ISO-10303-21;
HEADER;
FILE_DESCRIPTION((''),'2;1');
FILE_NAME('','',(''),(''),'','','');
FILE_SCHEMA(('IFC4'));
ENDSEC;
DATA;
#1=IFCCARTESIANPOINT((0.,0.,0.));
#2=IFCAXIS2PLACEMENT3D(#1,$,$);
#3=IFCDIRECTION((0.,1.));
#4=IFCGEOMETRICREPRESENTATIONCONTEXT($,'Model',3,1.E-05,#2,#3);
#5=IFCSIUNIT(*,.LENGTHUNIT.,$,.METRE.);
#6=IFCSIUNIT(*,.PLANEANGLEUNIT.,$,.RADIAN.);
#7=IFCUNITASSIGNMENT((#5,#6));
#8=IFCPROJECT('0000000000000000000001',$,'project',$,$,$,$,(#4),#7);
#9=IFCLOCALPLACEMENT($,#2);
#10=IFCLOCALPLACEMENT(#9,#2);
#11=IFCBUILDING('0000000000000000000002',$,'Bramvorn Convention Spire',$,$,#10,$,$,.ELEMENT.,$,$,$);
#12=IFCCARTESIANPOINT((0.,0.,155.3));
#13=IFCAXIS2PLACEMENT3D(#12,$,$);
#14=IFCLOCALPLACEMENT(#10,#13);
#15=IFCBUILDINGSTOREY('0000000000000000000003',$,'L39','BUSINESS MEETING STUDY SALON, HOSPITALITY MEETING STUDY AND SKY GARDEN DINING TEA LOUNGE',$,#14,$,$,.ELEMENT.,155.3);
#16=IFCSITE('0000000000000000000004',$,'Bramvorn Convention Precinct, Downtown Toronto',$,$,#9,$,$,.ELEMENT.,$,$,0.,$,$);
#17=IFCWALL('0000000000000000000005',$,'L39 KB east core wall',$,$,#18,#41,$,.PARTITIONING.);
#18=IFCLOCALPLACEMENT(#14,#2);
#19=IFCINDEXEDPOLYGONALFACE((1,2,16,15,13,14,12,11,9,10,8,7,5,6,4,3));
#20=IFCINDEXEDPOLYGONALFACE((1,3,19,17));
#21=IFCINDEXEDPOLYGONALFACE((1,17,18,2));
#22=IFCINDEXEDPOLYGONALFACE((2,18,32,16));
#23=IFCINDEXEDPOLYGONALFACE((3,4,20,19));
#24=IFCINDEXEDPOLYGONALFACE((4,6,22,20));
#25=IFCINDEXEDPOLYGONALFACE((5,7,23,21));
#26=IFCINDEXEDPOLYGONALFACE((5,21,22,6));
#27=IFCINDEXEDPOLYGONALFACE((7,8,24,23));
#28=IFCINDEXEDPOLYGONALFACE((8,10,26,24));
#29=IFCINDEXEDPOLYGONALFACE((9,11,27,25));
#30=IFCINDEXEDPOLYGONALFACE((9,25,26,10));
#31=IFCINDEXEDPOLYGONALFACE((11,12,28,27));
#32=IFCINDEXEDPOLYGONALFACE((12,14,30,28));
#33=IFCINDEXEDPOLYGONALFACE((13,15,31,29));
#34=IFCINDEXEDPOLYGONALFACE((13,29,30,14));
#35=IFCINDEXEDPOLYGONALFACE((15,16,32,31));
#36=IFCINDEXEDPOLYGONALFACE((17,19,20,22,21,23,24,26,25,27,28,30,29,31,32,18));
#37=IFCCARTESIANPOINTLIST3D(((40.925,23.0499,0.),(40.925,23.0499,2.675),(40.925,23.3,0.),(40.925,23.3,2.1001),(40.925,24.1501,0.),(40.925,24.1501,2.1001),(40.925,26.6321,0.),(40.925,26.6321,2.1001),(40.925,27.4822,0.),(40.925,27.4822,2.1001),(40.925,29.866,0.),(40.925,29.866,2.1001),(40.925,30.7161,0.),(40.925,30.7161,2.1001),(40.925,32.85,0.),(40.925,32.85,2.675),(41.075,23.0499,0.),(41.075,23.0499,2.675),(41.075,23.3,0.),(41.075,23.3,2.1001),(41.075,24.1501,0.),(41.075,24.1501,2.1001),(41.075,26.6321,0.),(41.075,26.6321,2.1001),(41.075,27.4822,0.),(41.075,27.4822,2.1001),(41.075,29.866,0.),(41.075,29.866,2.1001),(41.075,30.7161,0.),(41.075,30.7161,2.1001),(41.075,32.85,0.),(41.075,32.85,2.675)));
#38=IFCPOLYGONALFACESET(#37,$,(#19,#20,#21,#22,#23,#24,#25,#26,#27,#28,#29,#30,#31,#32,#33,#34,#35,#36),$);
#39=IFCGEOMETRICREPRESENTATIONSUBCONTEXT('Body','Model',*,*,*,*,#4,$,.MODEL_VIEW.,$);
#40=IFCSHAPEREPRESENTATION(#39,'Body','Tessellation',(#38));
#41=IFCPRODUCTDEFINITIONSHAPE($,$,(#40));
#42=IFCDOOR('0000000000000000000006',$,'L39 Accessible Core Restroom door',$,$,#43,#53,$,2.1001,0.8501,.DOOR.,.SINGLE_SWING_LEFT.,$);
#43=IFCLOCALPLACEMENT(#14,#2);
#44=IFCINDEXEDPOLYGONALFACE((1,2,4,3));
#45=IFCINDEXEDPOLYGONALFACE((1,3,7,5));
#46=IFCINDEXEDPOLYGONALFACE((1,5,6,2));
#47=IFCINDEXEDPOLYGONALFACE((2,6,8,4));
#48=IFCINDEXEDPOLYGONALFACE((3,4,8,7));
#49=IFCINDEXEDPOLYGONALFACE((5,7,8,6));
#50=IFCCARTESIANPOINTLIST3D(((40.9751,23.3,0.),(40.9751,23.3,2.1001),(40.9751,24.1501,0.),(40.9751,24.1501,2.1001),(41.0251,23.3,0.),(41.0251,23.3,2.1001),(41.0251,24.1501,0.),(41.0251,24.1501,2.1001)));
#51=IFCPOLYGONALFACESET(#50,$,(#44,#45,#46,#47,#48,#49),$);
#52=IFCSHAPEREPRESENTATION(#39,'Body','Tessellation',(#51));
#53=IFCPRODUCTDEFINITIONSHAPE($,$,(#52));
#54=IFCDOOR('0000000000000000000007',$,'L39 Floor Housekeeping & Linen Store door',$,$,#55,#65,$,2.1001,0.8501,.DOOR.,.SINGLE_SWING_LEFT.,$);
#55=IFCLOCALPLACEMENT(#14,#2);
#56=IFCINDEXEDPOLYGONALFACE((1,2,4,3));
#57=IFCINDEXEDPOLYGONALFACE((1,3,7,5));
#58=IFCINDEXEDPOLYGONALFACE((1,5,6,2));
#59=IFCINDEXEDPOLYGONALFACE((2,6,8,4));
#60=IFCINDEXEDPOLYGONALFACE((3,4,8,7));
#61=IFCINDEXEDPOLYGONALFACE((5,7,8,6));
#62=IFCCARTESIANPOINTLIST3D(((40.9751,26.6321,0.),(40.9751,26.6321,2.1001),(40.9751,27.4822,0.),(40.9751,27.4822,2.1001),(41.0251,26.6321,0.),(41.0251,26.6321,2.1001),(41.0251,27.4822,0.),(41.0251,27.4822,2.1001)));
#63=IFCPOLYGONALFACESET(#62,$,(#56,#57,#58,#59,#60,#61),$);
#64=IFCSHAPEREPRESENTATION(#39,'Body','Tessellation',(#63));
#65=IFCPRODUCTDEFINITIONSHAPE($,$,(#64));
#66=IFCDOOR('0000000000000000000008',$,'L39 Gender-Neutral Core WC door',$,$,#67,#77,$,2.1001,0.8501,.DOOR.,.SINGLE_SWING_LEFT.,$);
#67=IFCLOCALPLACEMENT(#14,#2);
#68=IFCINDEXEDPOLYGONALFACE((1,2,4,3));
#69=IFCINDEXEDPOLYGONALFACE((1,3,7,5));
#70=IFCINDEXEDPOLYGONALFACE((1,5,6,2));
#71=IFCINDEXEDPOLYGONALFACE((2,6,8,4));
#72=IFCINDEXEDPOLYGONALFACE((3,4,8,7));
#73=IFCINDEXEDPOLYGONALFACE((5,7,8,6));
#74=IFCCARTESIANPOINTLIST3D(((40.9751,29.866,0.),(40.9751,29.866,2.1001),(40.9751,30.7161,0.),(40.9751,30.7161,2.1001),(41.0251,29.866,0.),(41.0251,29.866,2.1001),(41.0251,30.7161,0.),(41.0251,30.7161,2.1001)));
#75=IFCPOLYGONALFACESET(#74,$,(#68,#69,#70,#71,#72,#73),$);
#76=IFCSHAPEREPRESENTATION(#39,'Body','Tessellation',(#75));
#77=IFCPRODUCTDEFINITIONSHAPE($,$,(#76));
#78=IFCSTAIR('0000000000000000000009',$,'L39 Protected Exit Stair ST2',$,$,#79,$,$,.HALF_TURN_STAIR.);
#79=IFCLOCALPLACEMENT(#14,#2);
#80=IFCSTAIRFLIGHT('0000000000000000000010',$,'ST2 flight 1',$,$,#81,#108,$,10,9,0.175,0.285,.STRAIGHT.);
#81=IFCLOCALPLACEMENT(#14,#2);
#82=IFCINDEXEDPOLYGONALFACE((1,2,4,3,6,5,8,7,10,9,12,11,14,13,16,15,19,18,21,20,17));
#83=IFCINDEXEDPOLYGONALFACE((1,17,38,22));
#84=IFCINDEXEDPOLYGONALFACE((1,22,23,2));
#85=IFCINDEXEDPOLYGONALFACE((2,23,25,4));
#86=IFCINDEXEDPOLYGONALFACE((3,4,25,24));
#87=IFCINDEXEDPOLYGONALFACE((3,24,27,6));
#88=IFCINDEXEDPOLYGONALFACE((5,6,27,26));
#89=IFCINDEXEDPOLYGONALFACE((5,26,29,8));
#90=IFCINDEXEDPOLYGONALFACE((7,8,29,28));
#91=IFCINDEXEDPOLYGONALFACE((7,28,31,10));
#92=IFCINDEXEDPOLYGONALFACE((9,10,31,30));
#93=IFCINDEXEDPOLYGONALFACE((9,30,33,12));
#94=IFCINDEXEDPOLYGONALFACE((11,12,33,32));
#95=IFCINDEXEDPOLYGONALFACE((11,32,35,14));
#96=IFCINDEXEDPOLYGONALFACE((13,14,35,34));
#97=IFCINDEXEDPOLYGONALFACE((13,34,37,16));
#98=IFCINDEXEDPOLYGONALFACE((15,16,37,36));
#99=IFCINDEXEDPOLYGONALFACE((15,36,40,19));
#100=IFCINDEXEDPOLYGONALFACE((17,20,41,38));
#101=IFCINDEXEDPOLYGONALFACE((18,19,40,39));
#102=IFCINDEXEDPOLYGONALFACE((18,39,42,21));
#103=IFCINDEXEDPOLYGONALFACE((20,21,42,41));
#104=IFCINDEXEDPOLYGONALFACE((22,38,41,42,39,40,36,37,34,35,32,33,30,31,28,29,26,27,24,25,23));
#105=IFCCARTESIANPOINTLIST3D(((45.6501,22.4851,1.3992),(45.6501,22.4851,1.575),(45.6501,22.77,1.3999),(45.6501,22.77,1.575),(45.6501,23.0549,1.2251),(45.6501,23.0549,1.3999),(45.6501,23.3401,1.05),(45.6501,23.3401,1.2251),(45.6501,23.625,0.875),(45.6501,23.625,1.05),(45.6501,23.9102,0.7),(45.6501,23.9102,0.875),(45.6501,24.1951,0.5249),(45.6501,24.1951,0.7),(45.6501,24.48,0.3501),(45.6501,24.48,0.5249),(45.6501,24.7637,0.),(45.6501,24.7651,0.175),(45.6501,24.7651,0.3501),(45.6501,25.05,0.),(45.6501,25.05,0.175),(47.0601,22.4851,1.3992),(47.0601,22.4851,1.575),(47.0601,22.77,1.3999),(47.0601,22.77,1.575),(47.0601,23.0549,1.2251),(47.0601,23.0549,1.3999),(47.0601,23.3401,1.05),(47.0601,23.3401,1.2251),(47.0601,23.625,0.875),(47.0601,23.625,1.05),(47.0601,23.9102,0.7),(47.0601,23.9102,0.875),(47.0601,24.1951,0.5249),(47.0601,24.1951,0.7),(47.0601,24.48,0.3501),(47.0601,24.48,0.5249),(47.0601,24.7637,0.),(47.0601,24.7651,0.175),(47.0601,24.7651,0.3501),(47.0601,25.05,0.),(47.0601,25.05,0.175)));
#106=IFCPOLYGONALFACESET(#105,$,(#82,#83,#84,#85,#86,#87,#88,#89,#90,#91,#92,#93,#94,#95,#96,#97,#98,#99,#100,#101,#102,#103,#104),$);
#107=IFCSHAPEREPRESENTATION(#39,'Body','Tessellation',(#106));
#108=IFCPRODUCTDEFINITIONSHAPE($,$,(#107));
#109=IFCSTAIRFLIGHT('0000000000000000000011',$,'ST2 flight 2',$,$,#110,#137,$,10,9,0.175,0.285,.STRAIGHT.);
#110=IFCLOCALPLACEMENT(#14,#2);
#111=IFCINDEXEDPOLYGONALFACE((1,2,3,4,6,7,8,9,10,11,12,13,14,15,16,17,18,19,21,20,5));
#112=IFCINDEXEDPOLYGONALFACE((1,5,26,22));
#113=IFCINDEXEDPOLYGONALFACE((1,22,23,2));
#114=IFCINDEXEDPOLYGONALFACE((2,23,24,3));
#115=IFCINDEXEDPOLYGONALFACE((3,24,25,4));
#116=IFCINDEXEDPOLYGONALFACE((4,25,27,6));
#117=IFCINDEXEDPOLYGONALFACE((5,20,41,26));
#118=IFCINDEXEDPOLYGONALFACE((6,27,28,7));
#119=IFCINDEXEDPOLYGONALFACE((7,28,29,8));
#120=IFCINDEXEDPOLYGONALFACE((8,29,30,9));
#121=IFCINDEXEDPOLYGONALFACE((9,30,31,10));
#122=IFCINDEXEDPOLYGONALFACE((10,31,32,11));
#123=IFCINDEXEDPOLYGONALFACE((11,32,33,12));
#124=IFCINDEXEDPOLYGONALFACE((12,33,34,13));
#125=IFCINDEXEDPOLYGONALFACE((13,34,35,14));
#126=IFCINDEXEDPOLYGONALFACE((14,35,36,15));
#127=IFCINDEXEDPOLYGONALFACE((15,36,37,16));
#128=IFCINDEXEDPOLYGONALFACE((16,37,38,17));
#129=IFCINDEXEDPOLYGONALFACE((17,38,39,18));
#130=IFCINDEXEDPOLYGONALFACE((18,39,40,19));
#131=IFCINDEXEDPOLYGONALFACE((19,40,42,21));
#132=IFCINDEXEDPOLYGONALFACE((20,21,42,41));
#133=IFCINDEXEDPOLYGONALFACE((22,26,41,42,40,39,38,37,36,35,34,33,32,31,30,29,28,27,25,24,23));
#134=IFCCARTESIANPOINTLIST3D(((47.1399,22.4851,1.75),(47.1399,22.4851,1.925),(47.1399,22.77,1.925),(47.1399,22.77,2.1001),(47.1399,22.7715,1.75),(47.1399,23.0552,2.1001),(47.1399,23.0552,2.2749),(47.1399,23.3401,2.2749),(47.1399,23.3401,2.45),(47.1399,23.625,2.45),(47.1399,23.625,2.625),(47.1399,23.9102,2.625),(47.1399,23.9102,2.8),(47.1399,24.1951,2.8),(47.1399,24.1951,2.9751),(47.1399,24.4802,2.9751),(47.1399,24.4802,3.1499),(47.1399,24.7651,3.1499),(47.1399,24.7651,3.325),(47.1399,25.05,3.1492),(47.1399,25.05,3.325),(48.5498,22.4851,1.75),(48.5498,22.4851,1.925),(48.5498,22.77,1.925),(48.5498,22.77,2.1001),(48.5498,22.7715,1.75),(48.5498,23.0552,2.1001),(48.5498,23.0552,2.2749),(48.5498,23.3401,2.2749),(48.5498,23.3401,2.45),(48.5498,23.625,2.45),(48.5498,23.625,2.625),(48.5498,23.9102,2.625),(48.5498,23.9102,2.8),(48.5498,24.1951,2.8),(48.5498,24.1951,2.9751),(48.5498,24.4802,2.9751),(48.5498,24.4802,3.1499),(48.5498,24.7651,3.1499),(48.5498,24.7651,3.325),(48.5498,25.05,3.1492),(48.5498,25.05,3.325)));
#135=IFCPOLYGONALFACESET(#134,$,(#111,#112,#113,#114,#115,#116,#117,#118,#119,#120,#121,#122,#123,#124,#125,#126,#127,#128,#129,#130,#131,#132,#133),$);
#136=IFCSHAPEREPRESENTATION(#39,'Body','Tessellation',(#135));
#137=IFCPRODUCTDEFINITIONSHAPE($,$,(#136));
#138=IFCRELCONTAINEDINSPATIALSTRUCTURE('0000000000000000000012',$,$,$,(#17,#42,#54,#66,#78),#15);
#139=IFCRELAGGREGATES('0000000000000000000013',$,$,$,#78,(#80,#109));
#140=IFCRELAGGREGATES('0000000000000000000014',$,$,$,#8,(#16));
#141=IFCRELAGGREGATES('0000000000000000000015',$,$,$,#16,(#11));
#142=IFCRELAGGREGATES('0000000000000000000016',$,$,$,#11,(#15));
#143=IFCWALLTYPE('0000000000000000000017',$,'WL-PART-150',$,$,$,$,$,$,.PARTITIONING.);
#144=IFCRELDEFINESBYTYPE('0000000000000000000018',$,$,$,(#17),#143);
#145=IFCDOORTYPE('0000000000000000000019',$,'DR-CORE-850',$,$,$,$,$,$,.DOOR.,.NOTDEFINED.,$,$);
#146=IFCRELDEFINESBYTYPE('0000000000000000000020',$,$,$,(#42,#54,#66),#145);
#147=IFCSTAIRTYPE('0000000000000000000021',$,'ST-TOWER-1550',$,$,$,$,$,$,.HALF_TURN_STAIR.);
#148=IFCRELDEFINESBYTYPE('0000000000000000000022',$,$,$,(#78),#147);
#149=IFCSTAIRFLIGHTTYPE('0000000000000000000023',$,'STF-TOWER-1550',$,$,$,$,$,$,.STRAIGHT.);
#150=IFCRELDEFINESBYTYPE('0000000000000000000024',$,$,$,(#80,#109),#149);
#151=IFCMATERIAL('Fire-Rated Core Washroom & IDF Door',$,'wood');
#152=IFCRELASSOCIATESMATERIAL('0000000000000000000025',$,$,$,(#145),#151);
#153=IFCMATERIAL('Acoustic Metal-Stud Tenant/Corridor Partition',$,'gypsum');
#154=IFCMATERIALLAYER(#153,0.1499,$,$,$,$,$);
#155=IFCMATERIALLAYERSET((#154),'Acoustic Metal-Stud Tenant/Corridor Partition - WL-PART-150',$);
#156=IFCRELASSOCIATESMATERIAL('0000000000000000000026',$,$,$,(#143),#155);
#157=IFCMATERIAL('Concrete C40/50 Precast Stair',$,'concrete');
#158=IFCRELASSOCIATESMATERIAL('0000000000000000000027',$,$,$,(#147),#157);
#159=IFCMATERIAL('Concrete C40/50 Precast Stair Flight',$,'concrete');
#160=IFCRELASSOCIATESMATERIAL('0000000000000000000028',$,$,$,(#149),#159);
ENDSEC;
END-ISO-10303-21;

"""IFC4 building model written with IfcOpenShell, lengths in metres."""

from ifc_helpers import new_model, si_unit, direction, frame, frame_2d, origin, place, context, subcontext, project, spatial, polyline, rectangle, outline, extrude, material, layer, layer_set, type_object, element, fill, aggregate, save


model = new_model("IFC4")

# Units and contexts
model_context = context("Model", 3, precision=1e-05, world=origin(), true_north=direction((0.0, 1.0)))
body_context = subcontext(model_context, "Body", "Model", "MODEL_VIEW")
ifc_project = project(units=[si_unit("LENGTHUNIT", "METRE"), si_unit("PLANEANGLEUNIT", "RADIAN")], contexts=[model_context])

# Site, building, storey
site_placement = place(None, origin())
site = spatial("IfcSite", under=ifc_project, at=site_placement, Name="Bramvorn Convention Precinct, Downtown Toronto", CompositionType="ELEMENT", RefElevation=0.0)
building_placement = place(site_placement, origin())
building = spatial("IfcBuilding", under=site, at=building_placement, Name="Bramvorn Convention Spire", CompositionType="ELEMENT")
storey_placement = place(building_placement, frame((0.0, 0.0, 155.3)))
storey = spatial("IfcBuildingStorey", under=building, at=storey_placement, Name="L39", Description="BUSINESS MEETING STUDY SALON, HOSPITALITY MEETING STUDY AND SKY GARDEN DINING TEA LOUNGE", CompositionType="ELEMENT", Elevation=155.3)

# Shared definitions
ifc_material_1 = material(Name="Fire-Rated Core Washroom & IDF Door", Category="wood")
door_type_1 = type_object("IfcDoorType", Name="DR-CORE-850", OperationType="NOTDEFINED", PredefinedType="DOOR", material=ifc_material_1)

# Shared definitions
ifc_material_2 = material(Name="Acoustic Metal-Stud Tenant/Corridor Partition", Category="gypsum")
ifc_layer_1 = layer(ifc_material_2, 0.1499)
ifc_layer_set_1 = layer_set([ifc_layer_1], Name="Acoustic Metal-Stud Tenant/Corridor Partition - WL-PART-150")
wall_type_1 = type_object("IfcWallType", Name="WL-PART-150", PredefinedType="PARTITIONING", material=ifc_layer_set_1)

# Wall, openings, doors
wall_1_placement = place(storey_placement, frame((41.0, 23.05, 0.0), z_axis=(0.0, 0.0, 1.0), x_axis=(0.0, 1.0, 0.0)))
wall_1 = element("IfcWall", 1, at=wall_1_placement, inside=storey, type_object=wall_type_1, Name="L39 KB east core wall", PredefinedType="PARTITIONING", context=body_context, shape_type="SweptSolid", body=[
    extrude(rectangle(XDim=9.8, YDim=0.1499, at=frame_2d((4.8999, 0.0))), origin(), (0.0, 0.0, 1.0), 2.675),
])
opening_1_placement = place(wall_1_placement, frame((0.25, 0.0, 0.0)))
opening_1 = element("IfcOpeningElement", 2, at=opening_1_placement, cuts=wall_1, PredefinedType="OPENING", context=body_context, shape_type="SweptSolid", body=[
    extrude(rectangle(XDim=0.8501, YDim=2.1001, at=frame_2d((0.425, 1.05))), frame((0.0, 0.085, 0.0), z_axis=(0.0, -1.0, 0.0), x_axis=(1.0, 0.0, 0.0)), (0.0, 0.0, 1.0), 0.1699),
])
opening_2_placement = place(wall_1_placement, frame((3.582, 0.0, 0.0)))
opening_2 = element("IfcOpeningElement", 3, at=opening_2_placement, cuts=wall_1, PredefinedType="OPENING", context=body_context, shape_type="SweptSolid", body=[
    extrude(rectangle(XDim=0.8501, YDim=2.1001, at=frame_2d((0.425, 1.05))), frame((0.0, 0.085, 0.0), z_axis=(0.0, -1.0, 0.0), x_axis=(1.0, 0.0, 0.0)), (0.0, 0.0, 1.0), 0.1699),
])
opening_3_placement = place(wall_1_placement, frame((6.8159, 0.0, 0.0)))
opening_3 = element("IfcOpeningElement", 4, at=opening_3_placement, cuts=wall_1, PredefinedType="OPENING", context=body_context, shape_type="SweptSolid", body=[
    extrude(rectangle(XDim=0.8501, YDim=2.1001, at=frame_2d((0.425, 1.05))), frame((0.0, 0.085, 0.0), z_axis=(0.0, -1.0, 0.0), x_axis=(1.0, 0.0, 0.0)), (0.0, 0.0, 1.0), 0.1699),
])
door_1_placement = place(opening_1_placement, origin())
door_1 = element("IfcDoor", 5, at=door_1_placement, inside=storey, type_object=door_type_1, Name="L39 Accessible Core Restroom door", OperationType="SINGLE_SWING_LEFT", OverallHeight=2.1001, OverallWidth=0.8501, PredefinedType="DOOR", context=body_context, shape_type="SweptSolid", body=[
    extrude(rectangle(XDim=0.8501, YDim=2.1001, at=frame_2d((0.425, 1.05))), frame((0.0, 0.0249, 0.0), z_axis=(0.0, -1.0, 0.0), x_axis=(1.0, 0.0, 0.0)), (0.0, 0.0, 1.0), 0.05),
])
fill(opening_1, door_1)
door_2_placement = place(opening_2_placement, origin())
door_2 = element("IfcDoor", 6, at=door_2_placement, inside=storey, type_object=door_type_1, Name="L39 Floor Housekeeping & Linen Store door", OperationType="SINGLE_SWING_LEFT", OverallHeight=2.1001, OverallWidth=0.8501, PredefinedType="DOOR", context=body_context, shape_type="SweptSolid", body=[
    extrude(rectangle(XDim=0.8501, YDim=2.1001, at=frame_2d((0.425, 1.05))), frame((0.0, 0.0249, 0.0), z_axis=(0.0, -1.0, 0.0), x_axis=(1.0, 0.0, 0.0)), (0.0, 0.0, 1.0), 0.05),
])
fill(opening_2, door_2)
door_3_placement = place(opening_3_placement, origin())
door_3 = element("IfcDoor", 7, at=door_3_placement, inside=storey, type_object=door_type_1, Name="L39 Gender-Neutral Core WC door", OperationType="SINGLE_SWING_LEFT", OverallHeight=2.1001, OverallWidth=0.8501, PredefinedType="DOOR", context=body_context, shape_type="SweptSolid", body=[
    extrude(rectangle(XDim=0.8501, YDim=2.1001, at=frame_2d((0.425, 1.05))), frame((0.0, 0.0249, 0.0), z_axis=(0.0, -1.0, 0.0), x_axis=(1.0, 0.0, 0.0)), (0.0, 0.0, 1.0), 0.05),
])
fill(opening_3, door_3)

# Stair, stair flights
ifc_material_3 = material(Name="Concrete C40/50 Precast Stair", Category="concrete")
stair_type = type_object("IfcStairType", Name="ST-TOWER-1550", PredefinedType="HALF_TURN_STAIR", material=ifc_material_3)
stair_placement = place(storey_placement, origin())
stair = element("IfcStair", 8, at=stair_placement, inside=storey, type_object=stair_type, Name="L39 Protected Exit Stair ST2", PredefinedType="HALF_TURN_STAIR")
ifc_material_4 = material(Name="Concrete C40/50 Precast Stair Flight", Category="concrete")
stair_flight_type = type_object("IfcStairFlightType", Name="STF-TOWER-1550", PredefinedType="STRAIGHT", material=ifc_material_4)
stair_flight_1_placement = place(storey_placement, frame((46.355, 25.05, 0.0), z_axis=(0.0, 0.0, 1.0), x_axis=(0.0, -1.0, 0.0)))
stair_flight_1 = element("IfcStairFlight", 9, at=stair_flight_1_placement, type_object=stair_flight_type, Name="ST2 flight 1", NumberOfRisers=10, NumberOfTreads=9, PredefinedType="STRAIGHT", RiserHeight=0.175, TreadLength=0.285, context=body_context, shape_type="SweptSolid", body=[
    extrude(outline(polyline([(0.0, 0.0), (0.0, 0.175), (0.2849, 0.175), (0.2849, 0.3501), (0.5701, 0.3501), (0.5701, 0.5249), (0.855, 0.5249), (0.855, 0.7), (1.1399, 0.7), (1.1399, 0.875), (1.425, 0.875), (1.425, 1.05), (1.71, 1.05), (1.71, 1.2251), (1.9951, 1.2251), (1.9951, 1.3999), (2.28, 1.3999), (2.28, 1.575), (2.5649, 1.575), (2.5649, 1.75), (2.5649, 1.3992), (0.2864, 0.0), (0.0, 0.0)])), frame((0.0, 0.7051, 0.0), z_axis=(0.0, -1.0, 0.0), x_axis=(1.0, 0.0, 0.0)), (0.0, 0.0, 1.0), 1.4099),
])
stair_flight_2_placement = place(storey_placement, frame((47.845, 22.4851, 1.75), z_axis=(0.0, 0.0, 1.0), x_axis=(0.0, 1.0, 0.0)))
stair_flight_2 = element("IfcStairFlight", 10, at=stair_flight_2_placement, type_object=stair_flight_type, Name="ST2 flight 2", NumberOfRisers=10, NumberOfTreads=9, PredefinedType="STRAIGHT", RiserHeight=0.175, TreadLength=0.285, context=body_context, shape_type="SweptSolid", body=[
    extrude(outline(polyline([(0.0, 0.0), (0.0, 0.175), (0.2849, 0.175), (0.2849, 0.3501), (0.5701, 0.3501), (0.5701, 0.5249), (0.855, 0.5249), (0.855, 0.7), (1.1399, 0.7), (1.1399, 0.875), (1.425, 0.875), (1.425, 1.05), (1.71, 1.05), (1.71, 1.2251), (1.9951, 1.2251), (1.9951, 1.3999), (2.28, 1.3999), (2.28, 1.575), (2.5649, 1.575), (2.5649, 1.75), (2.5649, 1.3992), (0.2864, 0.0), (0.0, 0.0)])), frame((0.0, 0.7051, 0.0), z_axis=(0.0, -1.0, 0.0), x_axis=(1.0, 0.0, 0.0)), (0.0, 0.0, 1.0), 1.4099),
])
aggregate(stair, [stair_flight_1, stair_flight_2])

save(model, "model.ifc")
